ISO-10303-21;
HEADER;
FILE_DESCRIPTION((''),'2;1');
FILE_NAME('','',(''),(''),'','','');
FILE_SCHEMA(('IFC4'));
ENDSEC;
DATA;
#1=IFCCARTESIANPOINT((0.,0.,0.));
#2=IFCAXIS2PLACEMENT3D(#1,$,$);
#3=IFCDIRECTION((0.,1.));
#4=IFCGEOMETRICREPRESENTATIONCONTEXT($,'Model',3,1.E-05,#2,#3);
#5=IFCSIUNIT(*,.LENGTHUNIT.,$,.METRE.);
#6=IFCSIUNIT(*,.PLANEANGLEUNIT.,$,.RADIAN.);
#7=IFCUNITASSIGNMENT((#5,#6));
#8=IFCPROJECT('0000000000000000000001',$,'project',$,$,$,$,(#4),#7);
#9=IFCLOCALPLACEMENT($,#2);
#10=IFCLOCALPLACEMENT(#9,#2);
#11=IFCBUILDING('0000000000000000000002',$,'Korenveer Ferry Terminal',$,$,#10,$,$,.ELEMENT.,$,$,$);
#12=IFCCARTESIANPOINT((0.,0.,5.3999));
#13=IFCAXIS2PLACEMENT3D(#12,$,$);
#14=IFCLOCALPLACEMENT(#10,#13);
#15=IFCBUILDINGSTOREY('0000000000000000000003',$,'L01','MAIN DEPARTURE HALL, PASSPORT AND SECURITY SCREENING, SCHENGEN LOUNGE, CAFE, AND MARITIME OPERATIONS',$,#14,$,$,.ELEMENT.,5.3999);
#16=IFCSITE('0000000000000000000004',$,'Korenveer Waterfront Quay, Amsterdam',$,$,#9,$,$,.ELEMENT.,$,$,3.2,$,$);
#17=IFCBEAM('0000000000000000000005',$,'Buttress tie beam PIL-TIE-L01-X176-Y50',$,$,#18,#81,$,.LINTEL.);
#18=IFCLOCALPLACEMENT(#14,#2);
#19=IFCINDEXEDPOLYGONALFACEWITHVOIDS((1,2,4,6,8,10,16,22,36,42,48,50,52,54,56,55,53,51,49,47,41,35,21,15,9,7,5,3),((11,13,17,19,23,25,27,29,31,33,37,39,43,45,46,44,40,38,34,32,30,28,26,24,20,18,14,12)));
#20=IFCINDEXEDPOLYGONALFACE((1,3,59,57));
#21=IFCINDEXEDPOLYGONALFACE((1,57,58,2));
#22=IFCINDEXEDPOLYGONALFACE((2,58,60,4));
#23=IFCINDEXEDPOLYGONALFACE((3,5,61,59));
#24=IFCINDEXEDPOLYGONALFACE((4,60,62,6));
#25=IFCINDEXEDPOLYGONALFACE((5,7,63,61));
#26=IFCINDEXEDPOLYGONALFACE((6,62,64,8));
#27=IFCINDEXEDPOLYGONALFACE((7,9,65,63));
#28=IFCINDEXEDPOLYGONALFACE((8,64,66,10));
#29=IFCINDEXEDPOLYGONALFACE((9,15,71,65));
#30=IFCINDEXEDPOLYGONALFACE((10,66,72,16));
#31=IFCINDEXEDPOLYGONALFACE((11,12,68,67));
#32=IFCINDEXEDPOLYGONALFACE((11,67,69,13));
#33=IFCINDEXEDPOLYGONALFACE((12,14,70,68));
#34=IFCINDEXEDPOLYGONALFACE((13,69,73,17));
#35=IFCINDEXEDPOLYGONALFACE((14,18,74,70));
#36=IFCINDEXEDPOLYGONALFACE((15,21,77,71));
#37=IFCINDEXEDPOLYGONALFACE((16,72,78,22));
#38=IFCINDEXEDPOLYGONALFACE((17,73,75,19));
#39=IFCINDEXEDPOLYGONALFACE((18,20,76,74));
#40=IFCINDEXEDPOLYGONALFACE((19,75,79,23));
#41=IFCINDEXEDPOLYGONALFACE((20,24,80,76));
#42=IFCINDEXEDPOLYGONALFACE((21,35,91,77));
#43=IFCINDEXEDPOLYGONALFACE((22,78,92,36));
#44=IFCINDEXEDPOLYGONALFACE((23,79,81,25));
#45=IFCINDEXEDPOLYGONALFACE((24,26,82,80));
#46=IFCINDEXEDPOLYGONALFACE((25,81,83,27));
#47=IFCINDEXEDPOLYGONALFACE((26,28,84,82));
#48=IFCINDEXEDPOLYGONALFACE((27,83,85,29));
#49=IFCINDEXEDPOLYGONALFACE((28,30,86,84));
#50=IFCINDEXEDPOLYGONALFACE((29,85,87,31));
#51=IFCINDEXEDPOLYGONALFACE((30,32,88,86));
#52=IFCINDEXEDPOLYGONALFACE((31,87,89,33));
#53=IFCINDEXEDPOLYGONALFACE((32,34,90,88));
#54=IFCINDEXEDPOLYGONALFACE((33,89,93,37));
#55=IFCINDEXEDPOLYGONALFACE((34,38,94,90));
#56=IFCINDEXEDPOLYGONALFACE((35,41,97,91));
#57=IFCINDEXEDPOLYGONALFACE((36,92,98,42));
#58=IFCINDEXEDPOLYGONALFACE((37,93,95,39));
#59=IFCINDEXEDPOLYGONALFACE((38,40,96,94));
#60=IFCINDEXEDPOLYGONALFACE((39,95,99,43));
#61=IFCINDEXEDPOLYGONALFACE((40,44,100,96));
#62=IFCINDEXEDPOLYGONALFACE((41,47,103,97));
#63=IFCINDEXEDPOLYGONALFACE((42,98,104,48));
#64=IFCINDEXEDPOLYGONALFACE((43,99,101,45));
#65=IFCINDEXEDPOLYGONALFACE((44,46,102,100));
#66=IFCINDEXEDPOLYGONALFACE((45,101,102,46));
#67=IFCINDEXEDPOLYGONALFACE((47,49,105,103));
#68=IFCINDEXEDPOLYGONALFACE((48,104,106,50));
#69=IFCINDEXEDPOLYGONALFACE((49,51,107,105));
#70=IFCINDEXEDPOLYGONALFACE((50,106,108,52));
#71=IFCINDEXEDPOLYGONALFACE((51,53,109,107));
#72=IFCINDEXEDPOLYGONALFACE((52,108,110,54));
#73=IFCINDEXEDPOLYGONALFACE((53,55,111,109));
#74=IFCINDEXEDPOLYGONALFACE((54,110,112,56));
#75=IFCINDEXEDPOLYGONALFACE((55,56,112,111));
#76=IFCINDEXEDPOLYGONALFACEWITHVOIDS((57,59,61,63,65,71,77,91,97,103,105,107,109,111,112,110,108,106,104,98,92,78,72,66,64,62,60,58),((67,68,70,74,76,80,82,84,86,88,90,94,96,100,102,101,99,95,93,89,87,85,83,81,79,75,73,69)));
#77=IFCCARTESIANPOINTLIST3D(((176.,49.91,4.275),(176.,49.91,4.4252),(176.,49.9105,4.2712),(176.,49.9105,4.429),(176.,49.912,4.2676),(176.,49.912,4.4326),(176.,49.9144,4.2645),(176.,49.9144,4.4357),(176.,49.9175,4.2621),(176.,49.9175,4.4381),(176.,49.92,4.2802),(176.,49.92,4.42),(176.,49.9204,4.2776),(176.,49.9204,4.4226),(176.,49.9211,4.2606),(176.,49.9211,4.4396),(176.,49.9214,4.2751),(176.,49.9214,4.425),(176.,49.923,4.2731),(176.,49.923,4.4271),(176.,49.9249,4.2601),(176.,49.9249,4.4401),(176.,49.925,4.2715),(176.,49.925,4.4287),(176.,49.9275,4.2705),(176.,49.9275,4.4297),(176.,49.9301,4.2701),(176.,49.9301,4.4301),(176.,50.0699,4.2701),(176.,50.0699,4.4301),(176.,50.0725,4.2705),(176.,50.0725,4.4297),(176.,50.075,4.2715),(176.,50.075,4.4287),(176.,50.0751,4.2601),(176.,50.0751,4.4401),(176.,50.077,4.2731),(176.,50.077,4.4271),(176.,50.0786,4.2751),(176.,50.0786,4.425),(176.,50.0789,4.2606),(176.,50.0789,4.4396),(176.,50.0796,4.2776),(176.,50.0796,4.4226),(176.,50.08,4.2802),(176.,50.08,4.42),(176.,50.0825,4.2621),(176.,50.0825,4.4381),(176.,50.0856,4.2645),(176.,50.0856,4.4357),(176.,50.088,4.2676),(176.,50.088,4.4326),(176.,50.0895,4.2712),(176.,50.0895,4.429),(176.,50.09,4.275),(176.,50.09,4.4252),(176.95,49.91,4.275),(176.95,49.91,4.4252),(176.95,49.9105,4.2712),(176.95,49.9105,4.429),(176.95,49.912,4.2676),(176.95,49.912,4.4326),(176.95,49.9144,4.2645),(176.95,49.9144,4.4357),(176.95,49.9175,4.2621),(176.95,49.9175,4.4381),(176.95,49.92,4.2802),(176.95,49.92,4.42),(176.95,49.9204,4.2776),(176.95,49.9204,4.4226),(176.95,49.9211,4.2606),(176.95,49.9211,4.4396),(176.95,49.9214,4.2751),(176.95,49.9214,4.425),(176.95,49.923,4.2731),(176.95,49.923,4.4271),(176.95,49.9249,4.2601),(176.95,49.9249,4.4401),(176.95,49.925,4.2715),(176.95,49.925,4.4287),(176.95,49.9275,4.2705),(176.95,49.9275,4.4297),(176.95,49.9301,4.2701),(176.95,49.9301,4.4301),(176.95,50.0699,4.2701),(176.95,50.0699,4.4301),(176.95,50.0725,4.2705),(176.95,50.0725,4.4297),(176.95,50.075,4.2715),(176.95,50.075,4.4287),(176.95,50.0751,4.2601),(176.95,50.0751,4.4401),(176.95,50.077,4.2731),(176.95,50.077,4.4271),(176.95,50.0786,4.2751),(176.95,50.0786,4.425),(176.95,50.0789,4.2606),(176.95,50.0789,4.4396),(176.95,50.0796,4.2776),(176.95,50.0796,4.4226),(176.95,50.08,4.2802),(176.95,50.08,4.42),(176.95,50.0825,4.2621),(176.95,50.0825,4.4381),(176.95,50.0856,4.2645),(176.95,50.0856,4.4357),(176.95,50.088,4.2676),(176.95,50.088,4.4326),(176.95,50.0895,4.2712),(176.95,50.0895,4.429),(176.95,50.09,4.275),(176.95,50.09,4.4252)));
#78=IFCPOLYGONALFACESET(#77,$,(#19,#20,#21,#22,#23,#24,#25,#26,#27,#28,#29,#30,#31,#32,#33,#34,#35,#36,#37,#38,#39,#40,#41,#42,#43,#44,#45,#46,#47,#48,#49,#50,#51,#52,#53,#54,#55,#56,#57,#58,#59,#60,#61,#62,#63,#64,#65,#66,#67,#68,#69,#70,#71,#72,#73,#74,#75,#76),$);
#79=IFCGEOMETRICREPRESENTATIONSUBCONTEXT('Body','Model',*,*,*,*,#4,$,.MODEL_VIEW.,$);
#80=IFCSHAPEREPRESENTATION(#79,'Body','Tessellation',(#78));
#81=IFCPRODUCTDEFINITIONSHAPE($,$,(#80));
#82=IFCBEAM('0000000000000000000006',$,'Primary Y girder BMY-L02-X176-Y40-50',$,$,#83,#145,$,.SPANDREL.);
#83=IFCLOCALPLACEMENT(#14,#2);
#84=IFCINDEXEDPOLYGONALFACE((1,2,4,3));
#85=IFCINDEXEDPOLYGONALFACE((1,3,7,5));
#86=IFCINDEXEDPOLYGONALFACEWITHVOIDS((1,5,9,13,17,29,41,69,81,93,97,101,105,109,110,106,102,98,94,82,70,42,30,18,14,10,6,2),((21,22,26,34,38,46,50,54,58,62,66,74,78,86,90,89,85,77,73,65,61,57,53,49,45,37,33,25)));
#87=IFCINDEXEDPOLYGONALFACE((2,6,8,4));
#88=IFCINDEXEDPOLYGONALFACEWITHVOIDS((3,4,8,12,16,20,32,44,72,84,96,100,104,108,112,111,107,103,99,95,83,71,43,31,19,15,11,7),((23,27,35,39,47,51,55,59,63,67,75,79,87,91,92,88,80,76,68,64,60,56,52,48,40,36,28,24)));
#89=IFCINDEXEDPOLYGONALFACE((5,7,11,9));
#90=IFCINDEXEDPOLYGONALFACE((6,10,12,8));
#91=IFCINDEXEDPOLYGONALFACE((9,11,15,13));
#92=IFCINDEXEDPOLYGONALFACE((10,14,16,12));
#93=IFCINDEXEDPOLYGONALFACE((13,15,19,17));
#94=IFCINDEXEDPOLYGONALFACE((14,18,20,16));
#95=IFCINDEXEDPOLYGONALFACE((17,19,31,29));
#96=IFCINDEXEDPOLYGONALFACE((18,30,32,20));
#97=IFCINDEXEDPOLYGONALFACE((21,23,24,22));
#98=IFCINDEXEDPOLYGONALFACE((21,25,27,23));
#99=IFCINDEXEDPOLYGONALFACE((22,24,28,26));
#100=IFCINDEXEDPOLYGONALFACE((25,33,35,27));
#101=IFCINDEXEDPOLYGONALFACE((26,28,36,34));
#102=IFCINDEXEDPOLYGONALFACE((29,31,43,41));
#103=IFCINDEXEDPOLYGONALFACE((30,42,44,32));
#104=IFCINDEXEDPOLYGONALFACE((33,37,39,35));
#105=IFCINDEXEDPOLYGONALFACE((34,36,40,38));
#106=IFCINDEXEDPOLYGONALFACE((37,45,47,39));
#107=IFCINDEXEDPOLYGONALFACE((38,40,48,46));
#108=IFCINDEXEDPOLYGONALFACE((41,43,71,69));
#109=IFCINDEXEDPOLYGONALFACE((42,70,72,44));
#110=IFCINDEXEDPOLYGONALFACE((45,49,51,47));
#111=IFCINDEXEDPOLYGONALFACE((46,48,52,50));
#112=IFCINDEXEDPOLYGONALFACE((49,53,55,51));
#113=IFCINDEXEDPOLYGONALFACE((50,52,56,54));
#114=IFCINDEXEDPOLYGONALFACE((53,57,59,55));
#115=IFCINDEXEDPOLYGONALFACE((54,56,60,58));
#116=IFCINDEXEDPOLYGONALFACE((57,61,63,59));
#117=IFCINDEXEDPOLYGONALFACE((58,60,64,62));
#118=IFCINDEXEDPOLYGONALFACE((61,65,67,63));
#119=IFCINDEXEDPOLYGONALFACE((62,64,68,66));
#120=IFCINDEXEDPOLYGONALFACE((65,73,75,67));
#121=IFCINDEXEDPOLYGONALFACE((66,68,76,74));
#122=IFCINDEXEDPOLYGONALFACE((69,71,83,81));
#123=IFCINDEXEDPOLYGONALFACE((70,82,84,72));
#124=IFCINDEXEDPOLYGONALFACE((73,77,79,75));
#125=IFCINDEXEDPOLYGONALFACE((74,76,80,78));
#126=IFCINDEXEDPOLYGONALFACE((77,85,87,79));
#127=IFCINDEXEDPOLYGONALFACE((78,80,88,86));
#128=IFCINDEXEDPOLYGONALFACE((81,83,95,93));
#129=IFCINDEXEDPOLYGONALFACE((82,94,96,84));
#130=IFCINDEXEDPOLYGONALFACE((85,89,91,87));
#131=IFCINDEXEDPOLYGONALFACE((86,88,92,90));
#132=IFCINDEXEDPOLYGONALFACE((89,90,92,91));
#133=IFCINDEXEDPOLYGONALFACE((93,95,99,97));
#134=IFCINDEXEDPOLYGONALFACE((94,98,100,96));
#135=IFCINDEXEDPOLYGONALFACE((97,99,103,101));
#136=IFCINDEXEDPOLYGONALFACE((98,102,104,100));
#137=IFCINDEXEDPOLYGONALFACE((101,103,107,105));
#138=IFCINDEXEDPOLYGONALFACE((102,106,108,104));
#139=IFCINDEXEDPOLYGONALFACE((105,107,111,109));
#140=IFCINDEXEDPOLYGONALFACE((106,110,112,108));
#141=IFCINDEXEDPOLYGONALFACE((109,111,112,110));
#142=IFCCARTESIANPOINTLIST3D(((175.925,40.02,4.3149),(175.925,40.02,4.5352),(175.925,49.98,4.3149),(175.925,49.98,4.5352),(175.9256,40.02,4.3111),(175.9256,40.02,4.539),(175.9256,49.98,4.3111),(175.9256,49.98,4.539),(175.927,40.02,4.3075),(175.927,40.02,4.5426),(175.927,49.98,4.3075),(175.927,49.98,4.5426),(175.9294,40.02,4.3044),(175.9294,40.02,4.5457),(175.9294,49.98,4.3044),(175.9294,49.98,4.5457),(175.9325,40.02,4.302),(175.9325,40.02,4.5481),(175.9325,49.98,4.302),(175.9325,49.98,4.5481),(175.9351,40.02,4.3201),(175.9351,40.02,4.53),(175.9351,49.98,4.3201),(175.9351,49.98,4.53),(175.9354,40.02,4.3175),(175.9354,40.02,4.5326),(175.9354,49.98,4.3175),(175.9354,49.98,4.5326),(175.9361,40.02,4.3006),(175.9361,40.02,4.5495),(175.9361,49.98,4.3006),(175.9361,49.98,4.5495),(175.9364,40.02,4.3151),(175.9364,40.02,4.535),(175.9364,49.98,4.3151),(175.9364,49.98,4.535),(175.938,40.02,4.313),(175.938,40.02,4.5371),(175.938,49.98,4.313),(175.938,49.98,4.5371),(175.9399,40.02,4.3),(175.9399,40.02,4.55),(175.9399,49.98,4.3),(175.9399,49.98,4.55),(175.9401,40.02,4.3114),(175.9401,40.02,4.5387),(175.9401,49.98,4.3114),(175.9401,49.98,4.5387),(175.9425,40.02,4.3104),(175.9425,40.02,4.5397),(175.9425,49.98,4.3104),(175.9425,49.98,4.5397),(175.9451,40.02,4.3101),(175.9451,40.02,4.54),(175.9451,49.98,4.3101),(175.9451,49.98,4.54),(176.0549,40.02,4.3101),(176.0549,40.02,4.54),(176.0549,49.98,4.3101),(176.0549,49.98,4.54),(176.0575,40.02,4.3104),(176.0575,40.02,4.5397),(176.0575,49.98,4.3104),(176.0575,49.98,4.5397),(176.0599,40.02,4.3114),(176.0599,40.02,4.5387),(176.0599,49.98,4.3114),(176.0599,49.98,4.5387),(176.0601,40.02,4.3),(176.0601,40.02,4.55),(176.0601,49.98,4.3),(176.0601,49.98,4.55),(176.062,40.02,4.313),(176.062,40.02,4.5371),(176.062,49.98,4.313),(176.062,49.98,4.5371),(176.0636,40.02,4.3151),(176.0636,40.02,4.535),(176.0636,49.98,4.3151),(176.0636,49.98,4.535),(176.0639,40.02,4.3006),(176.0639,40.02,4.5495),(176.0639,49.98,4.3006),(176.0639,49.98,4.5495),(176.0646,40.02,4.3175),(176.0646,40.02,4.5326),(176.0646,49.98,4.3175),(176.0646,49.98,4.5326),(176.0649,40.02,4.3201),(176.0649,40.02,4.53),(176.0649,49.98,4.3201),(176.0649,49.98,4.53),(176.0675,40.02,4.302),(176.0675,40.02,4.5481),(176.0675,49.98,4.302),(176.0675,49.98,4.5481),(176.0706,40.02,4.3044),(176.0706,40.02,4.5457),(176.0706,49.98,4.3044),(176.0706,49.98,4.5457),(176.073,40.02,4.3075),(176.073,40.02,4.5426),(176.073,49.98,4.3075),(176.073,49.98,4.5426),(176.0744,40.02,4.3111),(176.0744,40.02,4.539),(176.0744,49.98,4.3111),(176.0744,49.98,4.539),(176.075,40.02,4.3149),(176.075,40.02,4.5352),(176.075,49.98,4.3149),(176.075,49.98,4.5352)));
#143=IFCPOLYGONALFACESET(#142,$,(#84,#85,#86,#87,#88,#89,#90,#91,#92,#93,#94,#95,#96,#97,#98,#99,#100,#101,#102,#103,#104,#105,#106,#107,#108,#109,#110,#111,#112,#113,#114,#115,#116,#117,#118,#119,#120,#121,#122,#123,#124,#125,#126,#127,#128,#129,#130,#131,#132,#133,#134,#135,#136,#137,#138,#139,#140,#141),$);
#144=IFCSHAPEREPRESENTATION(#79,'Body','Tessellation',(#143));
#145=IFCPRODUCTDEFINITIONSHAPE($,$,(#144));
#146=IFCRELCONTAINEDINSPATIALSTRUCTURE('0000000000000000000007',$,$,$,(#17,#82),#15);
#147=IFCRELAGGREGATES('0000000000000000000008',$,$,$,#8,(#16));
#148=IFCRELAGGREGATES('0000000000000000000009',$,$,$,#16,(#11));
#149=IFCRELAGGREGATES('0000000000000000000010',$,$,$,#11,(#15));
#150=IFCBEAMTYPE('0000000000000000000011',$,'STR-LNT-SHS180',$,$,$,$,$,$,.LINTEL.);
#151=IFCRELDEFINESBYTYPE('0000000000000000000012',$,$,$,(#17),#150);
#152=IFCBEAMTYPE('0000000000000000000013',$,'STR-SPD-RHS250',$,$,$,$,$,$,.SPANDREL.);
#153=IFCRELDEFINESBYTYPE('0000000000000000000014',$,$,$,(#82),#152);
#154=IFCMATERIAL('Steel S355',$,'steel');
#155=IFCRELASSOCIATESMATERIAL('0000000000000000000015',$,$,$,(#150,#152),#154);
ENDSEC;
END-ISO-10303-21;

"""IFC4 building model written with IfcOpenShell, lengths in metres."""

from ifc_helpers import new_model, si_unit, direction, frame, origin, origin_2d, place, context, subcontext, project, spatial, hollow_rectangle, extrude, material, material_profile, profile_set, type_object, element, save


model = new_model("IFC4")

# Units and contexts
model_context = context("Model", 3, precision=1e-05, world=origin(), true_north=direction((0.0, 1.0)))
body_context = subcontext(model_context, "Body", "Model", "MODEL_VIEW")
ifc_project = project(units=[si_unit("LENGTHUNIT", "METRE"), si_unit("PLANEANGLEUNIT", "RADIAN")], contexts=[model_context])

# Site, building, storey
site_placement = place(None, origin())
site = spatial("IfcSite", under=ifc_project, at=site_placement, Name="Korenveer Waterfront Quay, Amsterdam", CompositionType="ELEMENT", RefElevation=3.2)
building_placement = place(site_placement, origin())
building = spatial("IfcBuilding", under=site, at=building_placement, Name="Korenveer Ferry Terminal", CompositionType="ELEMENT")
storey_placement = place(building_placement, frame((0.0, 0.0, 5.3999)))
storey = spatial("IfcBuildingStorey", under=building, at=storey_placement, Name="L01", Description="MAIN DEPARTURE HALL, PASSPORT AND SECURITY SCREENING, SCHENGEN LOUNGE, CAFE, AND MARITIME OPERATIONS", CompositionType="ELEMENT", Elevation=5.3999)

# Shared definitions
ifc_material_1 = material(Name="Steel S355", Category="steel")

# Beams
ifc_material_profile_1 = material_profile(ifc_material_1, hollow_rectangle(XDim=0.1799, YDim=0.1799, WallThickness=0.01, InnerFilletRadius=0.01, OuterFilletRadius=0.0149, at=origin_2d()), Name="SHS 180x180x10")
ifc_profile_set_1 = profile_set([ifc_material_profile_1], Name="Steel S355")
beam_type_1 = type_object("IfcBeamType", Name="STR-LNT-SHS180", PredefinedType="LINTEL", material=ifc_profile_set_1)
beam_1_placement = place(storey_placement, frame((176.0, 50.0, 4.3501), z_axis=(1.0, 0.0, 0.0), x_axis=(0.0, 1.0, 0.0)))
element("IfcBeam", 1, at=beam_1_placement, inside=storey, type_object=beam_type_1, Name="Buttress tie beam PIL-TIE-L01-X176-Y50", PredefinedType="LINTEL", context=body_context, shape_type="SweptSolid", body=[
    extrude(hollow_rectangle(XDim=0.1799, YDim=0.1799, WallThickness=0.01, InnerFilletRadius=0.01, OuterFilletRadius=0.0149, at=origin_2d()), origin(), (0.0, 0.0, 1.0), 0.95),
])
ifc_material_profile_2 = material_profile(ifc_material_1, hollow_rectangle(XDim=0.1499, YDim=0.25, WallThickness=0.01, InnerFilletRadius=0.01, OuterFilletRadius=0.0149, at=origin_2d()), Name="RHS 250x150x10")
ifc_profile_set_2 = profile_set([ifc_material_profile_2], Name="Steel S355")
beam_type_2 = type_object("IfcBeamType", Name="STR-SPD-RHS250", PredefinedType="SPANDREL", material=ifc_profile_set_2)
for number, where, z_axis, x_axis, name in (
    (2, (176.0, 40.02, 4.425), (0.0, 1.0, 0.0), (-1.0, 0.0, 0.0), "Primary Y girder BMY-L02-X176-Y40-50"),
):
    element("IfcBeam", number, at=place(storey_placement, frame(where, z_axis=z_axis, x_axis=x_axis)), inside=storey, type_object=beam_type_2, Name=name, PredefinedType="SPANDREL", context=body_context, shape_type="SweptSolid", body=[
        extrude(hollow_rectangle(XDim=0.1499, YDim=0.25, WallThickness=0.01, InnerFilletRadius=0.01, OuterFilletRadius=0.0149, at=origin_2d()), origin(), (0.0, 0.0, 1.0), 9.96),
    ])

save(model, "model.ifc")
